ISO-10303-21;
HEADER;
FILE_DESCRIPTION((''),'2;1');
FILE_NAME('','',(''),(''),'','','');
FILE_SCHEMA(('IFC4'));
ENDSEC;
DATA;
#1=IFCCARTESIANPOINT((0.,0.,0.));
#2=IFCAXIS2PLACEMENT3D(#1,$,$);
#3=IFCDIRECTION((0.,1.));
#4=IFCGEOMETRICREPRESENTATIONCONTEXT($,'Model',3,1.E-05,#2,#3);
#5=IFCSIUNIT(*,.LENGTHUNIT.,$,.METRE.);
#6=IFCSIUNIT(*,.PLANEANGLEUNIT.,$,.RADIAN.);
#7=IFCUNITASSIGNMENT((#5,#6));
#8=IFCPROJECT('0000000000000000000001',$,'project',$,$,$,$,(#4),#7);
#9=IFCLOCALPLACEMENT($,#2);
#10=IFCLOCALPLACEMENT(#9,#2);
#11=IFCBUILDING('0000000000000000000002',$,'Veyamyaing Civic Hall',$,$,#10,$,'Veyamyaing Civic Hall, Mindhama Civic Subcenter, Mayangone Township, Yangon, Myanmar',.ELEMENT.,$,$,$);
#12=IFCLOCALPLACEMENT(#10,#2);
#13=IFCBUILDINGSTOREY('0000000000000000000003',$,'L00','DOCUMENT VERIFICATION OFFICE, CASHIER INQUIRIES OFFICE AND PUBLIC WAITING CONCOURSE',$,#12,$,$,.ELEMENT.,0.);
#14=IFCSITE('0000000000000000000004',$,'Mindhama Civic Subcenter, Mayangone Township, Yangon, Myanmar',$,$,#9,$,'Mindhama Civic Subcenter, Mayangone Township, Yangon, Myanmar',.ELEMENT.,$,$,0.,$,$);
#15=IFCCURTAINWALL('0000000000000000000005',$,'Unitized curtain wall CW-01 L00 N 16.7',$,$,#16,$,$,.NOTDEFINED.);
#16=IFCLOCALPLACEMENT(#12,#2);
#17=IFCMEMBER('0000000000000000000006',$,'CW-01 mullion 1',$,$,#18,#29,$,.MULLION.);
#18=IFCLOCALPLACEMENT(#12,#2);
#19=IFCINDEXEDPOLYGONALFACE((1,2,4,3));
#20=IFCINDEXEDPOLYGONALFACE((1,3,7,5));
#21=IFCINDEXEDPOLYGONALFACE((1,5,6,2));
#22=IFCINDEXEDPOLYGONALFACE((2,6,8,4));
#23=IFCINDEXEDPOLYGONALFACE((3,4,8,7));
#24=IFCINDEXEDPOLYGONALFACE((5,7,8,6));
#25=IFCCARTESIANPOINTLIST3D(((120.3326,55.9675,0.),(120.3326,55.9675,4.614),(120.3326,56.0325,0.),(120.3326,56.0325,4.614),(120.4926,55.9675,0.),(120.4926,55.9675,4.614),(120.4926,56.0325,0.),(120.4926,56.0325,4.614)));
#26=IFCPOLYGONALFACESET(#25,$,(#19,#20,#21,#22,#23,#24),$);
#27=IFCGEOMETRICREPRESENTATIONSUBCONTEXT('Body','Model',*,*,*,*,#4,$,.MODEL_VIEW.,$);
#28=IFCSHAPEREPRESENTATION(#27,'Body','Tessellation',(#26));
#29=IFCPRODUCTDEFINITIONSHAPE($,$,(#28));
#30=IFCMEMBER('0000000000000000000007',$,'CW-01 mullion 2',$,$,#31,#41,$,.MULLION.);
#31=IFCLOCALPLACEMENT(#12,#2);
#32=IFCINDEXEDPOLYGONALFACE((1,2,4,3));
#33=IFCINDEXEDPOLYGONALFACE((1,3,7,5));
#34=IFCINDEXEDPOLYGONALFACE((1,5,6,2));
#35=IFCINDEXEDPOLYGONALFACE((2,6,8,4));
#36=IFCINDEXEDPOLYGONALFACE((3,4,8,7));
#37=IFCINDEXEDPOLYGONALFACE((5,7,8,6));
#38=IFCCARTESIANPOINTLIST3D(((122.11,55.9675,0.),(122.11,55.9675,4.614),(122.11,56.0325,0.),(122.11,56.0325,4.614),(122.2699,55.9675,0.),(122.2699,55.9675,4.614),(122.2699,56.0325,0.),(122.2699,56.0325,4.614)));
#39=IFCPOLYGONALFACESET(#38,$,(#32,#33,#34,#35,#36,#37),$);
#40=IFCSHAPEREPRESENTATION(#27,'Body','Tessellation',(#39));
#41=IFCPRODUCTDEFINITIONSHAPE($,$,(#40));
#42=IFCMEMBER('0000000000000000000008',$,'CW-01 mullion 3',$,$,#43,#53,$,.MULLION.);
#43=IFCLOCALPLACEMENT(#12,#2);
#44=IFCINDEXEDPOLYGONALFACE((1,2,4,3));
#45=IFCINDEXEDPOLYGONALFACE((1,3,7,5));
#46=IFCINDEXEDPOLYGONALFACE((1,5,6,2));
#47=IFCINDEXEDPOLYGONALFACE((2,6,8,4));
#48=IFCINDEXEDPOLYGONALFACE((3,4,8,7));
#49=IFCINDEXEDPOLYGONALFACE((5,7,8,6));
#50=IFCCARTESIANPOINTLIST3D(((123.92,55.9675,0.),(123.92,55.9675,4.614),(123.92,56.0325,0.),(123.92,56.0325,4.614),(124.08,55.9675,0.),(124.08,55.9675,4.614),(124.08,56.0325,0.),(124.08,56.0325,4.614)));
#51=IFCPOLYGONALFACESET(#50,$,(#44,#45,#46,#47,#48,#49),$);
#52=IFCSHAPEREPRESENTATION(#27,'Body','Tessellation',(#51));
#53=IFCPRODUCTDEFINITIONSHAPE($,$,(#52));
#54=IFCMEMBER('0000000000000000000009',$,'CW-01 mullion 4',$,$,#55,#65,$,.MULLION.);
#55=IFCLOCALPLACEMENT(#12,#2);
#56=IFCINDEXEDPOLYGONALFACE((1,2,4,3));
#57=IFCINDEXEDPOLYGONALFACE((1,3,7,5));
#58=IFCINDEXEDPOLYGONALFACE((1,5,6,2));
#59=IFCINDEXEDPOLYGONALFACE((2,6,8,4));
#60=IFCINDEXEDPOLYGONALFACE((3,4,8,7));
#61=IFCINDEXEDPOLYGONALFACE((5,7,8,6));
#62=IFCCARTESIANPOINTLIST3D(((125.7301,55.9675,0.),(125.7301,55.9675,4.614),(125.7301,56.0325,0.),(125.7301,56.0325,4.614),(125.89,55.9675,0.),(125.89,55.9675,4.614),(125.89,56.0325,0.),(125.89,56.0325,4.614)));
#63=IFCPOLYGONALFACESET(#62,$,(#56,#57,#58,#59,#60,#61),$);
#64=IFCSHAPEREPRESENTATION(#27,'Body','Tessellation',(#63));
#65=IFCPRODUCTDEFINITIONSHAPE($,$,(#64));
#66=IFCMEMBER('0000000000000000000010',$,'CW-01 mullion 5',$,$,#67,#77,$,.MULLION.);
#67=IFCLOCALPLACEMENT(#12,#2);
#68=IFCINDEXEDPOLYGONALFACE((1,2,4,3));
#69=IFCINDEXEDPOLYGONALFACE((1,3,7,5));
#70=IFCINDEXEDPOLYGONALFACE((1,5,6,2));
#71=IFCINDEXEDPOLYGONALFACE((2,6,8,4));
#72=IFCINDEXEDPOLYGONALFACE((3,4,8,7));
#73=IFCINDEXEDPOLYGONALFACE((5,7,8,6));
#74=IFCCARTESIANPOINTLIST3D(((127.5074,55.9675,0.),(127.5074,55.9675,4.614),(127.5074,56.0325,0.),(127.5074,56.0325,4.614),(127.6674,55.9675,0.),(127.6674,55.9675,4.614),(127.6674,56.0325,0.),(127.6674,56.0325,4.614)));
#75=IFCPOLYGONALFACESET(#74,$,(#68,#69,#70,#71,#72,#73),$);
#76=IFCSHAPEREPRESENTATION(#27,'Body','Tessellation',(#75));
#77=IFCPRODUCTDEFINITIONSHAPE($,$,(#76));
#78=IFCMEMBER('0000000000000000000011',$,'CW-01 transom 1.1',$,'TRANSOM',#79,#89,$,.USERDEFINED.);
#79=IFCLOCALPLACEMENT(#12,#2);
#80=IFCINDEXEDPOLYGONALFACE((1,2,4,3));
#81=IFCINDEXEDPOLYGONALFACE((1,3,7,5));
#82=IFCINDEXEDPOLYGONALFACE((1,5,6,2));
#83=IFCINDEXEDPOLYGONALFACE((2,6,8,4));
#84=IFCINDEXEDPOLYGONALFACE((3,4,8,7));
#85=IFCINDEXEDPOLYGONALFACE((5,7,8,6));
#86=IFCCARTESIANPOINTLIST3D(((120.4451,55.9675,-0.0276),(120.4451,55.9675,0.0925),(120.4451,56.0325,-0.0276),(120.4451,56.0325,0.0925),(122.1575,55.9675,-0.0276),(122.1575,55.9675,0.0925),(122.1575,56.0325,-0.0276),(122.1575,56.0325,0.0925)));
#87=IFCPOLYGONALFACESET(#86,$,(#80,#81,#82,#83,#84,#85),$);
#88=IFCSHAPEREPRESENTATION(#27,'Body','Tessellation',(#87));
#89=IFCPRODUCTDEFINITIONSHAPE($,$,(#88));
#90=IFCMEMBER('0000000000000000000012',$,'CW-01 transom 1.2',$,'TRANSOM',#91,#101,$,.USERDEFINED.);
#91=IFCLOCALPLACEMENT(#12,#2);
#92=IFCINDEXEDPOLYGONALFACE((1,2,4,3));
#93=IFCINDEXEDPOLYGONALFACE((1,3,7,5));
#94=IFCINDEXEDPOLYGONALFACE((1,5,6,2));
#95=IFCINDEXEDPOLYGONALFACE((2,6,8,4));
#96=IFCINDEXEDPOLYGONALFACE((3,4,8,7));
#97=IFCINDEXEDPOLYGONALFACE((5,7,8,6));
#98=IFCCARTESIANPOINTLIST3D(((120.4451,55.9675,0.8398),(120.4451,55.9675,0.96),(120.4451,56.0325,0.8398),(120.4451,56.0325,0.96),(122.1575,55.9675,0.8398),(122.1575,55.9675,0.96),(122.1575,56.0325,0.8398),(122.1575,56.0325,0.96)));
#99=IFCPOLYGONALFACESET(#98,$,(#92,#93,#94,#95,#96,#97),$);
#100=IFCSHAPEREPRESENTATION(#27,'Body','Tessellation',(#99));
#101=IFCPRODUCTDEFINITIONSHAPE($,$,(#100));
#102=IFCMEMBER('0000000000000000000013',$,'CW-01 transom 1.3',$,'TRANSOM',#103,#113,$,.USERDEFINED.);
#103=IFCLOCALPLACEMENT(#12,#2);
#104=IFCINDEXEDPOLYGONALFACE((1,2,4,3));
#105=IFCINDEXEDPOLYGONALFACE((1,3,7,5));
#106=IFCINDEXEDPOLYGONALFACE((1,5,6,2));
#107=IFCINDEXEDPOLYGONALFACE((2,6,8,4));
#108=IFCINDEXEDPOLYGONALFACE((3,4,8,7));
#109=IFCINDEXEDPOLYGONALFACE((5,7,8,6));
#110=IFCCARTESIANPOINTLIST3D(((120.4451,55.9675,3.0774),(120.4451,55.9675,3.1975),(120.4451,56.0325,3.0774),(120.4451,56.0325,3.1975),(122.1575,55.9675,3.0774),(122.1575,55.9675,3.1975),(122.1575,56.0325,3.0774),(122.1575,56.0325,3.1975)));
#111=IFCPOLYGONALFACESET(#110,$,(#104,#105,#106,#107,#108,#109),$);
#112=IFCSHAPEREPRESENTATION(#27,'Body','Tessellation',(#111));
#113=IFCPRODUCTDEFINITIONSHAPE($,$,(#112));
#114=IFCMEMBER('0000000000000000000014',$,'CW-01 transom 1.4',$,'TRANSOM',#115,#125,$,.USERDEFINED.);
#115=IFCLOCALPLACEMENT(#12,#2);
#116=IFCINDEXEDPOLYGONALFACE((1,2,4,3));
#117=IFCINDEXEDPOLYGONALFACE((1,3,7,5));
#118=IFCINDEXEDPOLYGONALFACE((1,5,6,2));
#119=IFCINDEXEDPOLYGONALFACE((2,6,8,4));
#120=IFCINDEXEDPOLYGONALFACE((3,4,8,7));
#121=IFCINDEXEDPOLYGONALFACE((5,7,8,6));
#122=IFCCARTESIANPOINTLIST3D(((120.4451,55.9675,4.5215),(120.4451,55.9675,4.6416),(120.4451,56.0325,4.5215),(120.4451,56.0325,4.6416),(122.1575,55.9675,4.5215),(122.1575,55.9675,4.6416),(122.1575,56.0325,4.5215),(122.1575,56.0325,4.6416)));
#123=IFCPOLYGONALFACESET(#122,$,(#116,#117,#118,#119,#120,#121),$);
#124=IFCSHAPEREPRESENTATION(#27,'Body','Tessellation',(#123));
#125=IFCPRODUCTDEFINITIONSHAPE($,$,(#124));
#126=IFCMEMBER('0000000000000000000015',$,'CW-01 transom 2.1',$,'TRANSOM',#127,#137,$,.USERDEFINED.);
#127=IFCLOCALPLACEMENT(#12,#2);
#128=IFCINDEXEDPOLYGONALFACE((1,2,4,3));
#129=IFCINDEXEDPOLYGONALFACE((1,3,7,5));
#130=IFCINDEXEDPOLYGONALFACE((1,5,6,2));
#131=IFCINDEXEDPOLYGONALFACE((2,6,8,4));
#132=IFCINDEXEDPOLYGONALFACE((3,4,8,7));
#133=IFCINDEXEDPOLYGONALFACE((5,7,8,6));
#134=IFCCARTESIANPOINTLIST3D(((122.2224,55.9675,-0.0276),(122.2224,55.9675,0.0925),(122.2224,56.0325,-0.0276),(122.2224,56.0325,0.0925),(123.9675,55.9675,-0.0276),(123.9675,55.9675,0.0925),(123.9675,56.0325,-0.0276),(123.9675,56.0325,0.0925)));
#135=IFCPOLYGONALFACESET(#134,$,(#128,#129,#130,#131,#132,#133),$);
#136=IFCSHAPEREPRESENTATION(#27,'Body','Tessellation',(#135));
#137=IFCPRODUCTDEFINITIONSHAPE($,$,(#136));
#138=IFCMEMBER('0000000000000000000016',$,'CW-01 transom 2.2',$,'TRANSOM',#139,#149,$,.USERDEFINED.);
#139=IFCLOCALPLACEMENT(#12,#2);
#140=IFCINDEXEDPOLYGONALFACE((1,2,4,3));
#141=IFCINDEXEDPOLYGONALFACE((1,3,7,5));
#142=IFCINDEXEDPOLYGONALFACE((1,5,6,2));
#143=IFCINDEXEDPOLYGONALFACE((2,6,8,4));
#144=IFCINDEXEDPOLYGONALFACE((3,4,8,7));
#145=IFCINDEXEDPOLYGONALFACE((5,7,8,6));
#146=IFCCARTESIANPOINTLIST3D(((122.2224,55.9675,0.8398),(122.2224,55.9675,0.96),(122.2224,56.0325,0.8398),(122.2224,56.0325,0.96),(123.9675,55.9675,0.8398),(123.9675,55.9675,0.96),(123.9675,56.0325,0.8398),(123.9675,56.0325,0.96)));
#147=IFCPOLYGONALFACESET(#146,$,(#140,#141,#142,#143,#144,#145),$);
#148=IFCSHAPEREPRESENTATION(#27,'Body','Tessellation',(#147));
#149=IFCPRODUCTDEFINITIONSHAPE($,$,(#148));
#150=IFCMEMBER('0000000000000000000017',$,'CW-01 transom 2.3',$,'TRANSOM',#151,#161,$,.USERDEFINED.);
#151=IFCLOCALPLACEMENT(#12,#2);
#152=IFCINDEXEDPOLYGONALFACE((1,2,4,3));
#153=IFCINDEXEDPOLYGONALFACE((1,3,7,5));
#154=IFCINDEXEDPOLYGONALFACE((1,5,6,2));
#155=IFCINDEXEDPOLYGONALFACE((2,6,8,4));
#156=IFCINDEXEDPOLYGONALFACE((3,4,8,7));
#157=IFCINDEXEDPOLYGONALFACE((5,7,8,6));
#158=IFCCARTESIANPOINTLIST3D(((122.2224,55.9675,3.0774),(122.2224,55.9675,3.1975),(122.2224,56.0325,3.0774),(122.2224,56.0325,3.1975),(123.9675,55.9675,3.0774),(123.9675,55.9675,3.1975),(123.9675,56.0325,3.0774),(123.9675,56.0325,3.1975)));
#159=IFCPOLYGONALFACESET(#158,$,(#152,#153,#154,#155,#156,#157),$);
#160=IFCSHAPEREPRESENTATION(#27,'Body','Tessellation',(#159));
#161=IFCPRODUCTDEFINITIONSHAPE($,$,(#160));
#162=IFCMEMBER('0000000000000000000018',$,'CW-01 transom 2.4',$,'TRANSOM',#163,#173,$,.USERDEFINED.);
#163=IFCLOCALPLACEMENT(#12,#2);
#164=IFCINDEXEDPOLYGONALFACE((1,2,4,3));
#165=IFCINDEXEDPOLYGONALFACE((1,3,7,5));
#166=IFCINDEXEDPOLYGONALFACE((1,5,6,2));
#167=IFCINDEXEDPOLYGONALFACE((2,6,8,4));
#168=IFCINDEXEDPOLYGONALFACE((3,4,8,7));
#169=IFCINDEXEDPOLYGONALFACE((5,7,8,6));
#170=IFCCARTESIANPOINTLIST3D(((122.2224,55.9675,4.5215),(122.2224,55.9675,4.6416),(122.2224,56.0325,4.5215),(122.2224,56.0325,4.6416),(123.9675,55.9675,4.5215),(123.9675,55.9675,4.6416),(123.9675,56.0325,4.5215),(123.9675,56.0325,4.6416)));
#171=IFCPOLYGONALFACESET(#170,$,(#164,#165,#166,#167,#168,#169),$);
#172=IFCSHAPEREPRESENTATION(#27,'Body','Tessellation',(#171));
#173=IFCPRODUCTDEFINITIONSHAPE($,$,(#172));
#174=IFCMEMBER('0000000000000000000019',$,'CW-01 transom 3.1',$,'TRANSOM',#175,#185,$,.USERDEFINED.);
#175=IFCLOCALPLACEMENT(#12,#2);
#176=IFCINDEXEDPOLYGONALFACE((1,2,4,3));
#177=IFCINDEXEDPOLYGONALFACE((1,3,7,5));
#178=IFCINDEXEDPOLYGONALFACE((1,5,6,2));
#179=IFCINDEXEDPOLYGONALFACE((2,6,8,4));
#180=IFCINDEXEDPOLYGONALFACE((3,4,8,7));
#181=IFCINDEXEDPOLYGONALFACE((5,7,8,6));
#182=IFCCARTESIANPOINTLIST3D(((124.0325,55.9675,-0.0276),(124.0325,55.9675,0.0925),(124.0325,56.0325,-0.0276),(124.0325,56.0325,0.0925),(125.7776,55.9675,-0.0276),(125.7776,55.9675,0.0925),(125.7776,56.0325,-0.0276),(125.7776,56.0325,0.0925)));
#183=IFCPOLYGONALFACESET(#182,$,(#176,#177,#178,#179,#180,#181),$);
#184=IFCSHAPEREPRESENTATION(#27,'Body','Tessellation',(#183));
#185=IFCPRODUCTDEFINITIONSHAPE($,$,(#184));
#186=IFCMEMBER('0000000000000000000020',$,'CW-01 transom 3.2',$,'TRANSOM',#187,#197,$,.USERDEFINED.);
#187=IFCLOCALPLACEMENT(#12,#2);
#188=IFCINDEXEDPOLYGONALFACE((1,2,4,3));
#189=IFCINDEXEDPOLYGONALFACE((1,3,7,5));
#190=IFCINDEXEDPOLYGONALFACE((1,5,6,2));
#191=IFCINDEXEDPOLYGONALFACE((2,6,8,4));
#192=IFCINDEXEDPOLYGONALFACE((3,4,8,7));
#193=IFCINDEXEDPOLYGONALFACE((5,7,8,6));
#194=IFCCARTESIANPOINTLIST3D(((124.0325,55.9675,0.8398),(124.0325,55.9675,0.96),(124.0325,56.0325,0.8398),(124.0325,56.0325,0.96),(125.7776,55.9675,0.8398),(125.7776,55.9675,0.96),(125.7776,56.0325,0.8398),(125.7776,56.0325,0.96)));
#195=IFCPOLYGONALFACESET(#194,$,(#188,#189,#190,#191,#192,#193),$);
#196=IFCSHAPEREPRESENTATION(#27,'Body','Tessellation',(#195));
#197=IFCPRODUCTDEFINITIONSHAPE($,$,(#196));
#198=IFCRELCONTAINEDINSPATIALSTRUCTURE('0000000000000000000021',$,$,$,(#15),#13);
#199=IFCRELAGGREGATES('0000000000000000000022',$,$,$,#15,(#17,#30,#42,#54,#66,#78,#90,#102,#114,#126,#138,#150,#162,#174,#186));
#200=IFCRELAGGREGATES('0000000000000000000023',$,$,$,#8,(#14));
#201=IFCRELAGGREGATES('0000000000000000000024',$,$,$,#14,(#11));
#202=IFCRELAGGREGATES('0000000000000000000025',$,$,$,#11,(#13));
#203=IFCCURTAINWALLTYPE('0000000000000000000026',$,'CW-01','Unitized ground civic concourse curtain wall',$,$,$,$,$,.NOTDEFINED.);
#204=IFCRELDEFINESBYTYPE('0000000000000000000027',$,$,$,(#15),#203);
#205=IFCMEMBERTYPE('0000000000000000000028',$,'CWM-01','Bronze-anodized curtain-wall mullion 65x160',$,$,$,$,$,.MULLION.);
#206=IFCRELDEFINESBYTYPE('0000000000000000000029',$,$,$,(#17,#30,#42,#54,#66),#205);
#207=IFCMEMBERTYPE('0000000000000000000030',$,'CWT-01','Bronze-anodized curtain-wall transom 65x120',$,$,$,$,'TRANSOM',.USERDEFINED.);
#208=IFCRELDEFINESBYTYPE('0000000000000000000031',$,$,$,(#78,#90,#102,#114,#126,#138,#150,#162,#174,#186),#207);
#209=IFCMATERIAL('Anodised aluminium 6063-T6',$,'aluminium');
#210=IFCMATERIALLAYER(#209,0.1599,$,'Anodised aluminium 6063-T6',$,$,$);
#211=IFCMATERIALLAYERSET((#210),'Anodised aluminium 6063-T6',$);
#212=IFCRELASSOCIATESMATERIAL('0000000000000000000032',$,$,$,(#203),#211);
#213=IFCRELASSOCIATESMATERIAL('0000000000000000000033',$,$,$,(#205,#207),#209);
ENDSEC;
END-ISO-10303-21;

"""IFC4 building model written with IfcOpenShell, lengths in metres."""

from ifc_helpers import new_model, si_unit, direction, frame, origin, origin_2d, place, context, subcontext, project, spatial, rectangle, extrude, material, layer, layer_set, material_profile, profile_set, type_object, element, aggregate, save


model = new_model("IFC4")

# Units and contexts
model_context = context("Model", 3, precision=1e-05, world=origin(), true_north=direction((0.0, 1.0)))
body_context = subcontext(model_context, "Body", "Model", "MODEL_VIEW")
ifc_project = project(units=[si_unit("LENGTHUNIT", "METRE"), si_unit("PLANEANGLEUNIT", "RADIAN")], contexts=[model_context])

# Site, building, storey
site_placement = place(None, origin())
site = spatial("IfcSite", under=ifc_project, at=site_placement, Name="Mindhama Civic Subcenter, Mayangone Township, Yangon, Myanmar", LongName="Mindhama Civic Subcenter, Mayangone Township, Yangon, Myanmar", CompositionType="ELEMENT", RefElevation=0.0)
building_placement = place(site_placement, origin())
building = spatial("IfcBuilding", under=site, at=building_placement, Name="Veyamyaing Civic Hall", LongName="Veyamyaing Civic Hall, Mindhama Civic Subcenter, Mayangone Township, Yangon, Myanmar", CompositionType="ELEMENT")
storey_placement = place(building_placement, origin())
storey = spatial("IfcBuildingStorey", under=building, at=storey_placement, Name="L00", Description="DOCUMENT VERIFICATION OFFICE, CASHIER INQUIRIES OFFICE AND PUBLIC WAITING CONCOURSE", CompositionType="ELEMENT", Elevation=0.0)

# Curtain wall, members
ifc_material_1 = material(Name="Anodised aluminium 6063-T6", Category="aluminium")
ifc_layer_1 = layer(ifc_material_1, 0.1599, Name="Anodised aluminium 6063-T6")
ifc_layer_set_1 = layer_set([ifc_layer_1], Name="Anodised aluminium 6063-T6")
curtain_wall_type = type_object("IfcCurtainWallType", Name="CW-01", Description="Unitized ground civic concourse curtain wall", PredefinedType="NOTDEFINED", material=ifc_layer_set_1)
curtain_wall_placement = place(storey_placement, origin())
curtain_wall = element("IfcCurtainWall", 1, at=curtain_wall_placement, inside=storey, type_object=curtain_wall_type, Name="Unitized curtain wall CW-01 L00 N 16.7", PredefinedType="NOTDEFINED")
ifc_material_profile_1 = material_profile(ifc_material_1, rectangle(XDim=0.0649, YDim=0.1599, at=origin_2d()), Name="ALU-MUL-65X160")
ifc_profile_set_1 = profile_set([ifc_material_profile_1], Name="Anodised aluminium 6063-T6")
member_type_1 = type_object("IfcMemberType", Name="CWM-01", Description="Bronze-anodized curtain-wall mullion 65x160", PredefinedType="MULLION", material=ifc_profile_set_1)
member_1_placement = place(storey_placement, frame((120.4126, 56.0, 0.0), z_axis=(0.0, 0.0, 1.0), x_axis=(0.0, 1.0, 0.0)))
member_1 = element("IfcMember", 2, at=member_1_placement, type_object=member_type_1, Name="CW-01 mullion 1", PredefinedType="MULLION", context=body_context, shape_type="SweptSolid", body=[
    extrude(rectangle(XDim=0.0649, YDim=0.1599, at=origin_2d()), origin(), (0.0, 0.0, 1.0), 4.614),
])
member_2_placement = place(storey_placement, frame((122.1899, 56.0, 0.0), z_axis=(0.0, 0.0, 1.0), x_axis=(0.0, 1.0, 0.0)))
member_2 = element("IfcMember", 3, at=member_2_placement, type_object=member_type_1, Name="CW-01 mullion 2", PredefinedType="MULLION", context=body_context, shape_type="SweptSolid", body=[
    extrude(rectangle(XDim=0.0649, YDim=0.1599, at=origin_2d()), origin(), (0.0, 0.0, 1.0), 4.614),
])
member_3_placement = place(storey_placement, frame((124.0, 56.0, 0.0), z_axis=(0.0, 0.0, 1.0), x_axis=(0.0, 1.0, 0.0)))
member_3 = element("IfcMember", 4, at=member_3_placement, type_object=member_type_1, Name="CW-01 mullion 3", PredefinedType="MULLION", context=body_context, shape_type="SweptSolid", body=[
    extrude(rectangle(XDim=0.0649, YDim=0.1599, at=origin_2d()), origin(), (0.0, 0.0, 1.0), 4.614),
])
member_4_placement = place(storey_placement, frame((125.8101, 56.0, 0.0), z_axis=(0.0, 0.0, 1.0), x_axis=(0.0, 1.0, 0.0)))
member_4 = element("IfcMember", 5, at=member_4_placement, type_object=member_type_1, Name="CW-01 mullion 4", PredefinedType="MULLION", context=body_context, shape_type="SweptSolid", body=[
    extrude(rectangle(XDim=0.0649, YDim=0.1599, at=origin_2d()), origin(), (0.0, 0.0, 1.0), 4.614),
])
member_5_placement = place(storey_placement, frame((127.5874, 56.0, 0.0), z_axis=(0.0, 0.0, 1.0), x_axis=(0.0, 1.0, 0.0)))
member_5 = element("IfcMember", 6, at=member_5_placement, type_object=member_type_1, Name="CW-01 mullion 5", PredefinedType="MULLION", context=body_context, shape_type="SweptSolid", body=[
    extrude(rectangle(XDim=0.0649, YDim=0.1599, at=origin_2d()), origin(), (0.0, 0.0, 1.0), 4.614),
])
ifc_material_profile_2 = material_profile(ifc_material_1, rectangle(XDim=0.0649, YDim=0.1201, at=origin_2d()), Name="ALU-TRN-65X120")
ifc_profile_set_2 = profile_set([ifc_material_profile_2], Name="Anodised aluminium 6063-T6")
member_type_2 = type_object("IfcMemberType", Name="CWT-01", Description="Bronze-anodized curtain-wall transom 65x120", ElementType="TRANSOM", PredefinedType="USERDEFINED", material=ifc_profile_set_2)
member_6_placement = place(storey_placement, frame((120.4451, 56.0, 0.0325), z_axis=(1.0, 0.0, 0.0), x_axis=(0.0, 1.0, 0.0)))
member_6 = element("IfcMember", 7, at=member_6_placement, type_object=member_type_2, Name="CW-01 transom 1.1", ObjectType="TRANSOM", PredefinedType="USERDEFINED", context=body_context, shape_type="SweptSolid", body=[
    extrude(rectangle(XDim=0.0649, YDim=0.1201, at=origin_2d()), origin(), (0.0, 0.0, 1.0), 1.7124),
])
member_7_placement = place(storey_placement, frame((120.4451, 56.0, 0.8999), z_axis=(1.0, 0.0, 0.0), x_axis=(0.0, 1.0, 0.0)))
member_7 = element("IfcMember", 8, at=member_7_placement, type_object=member_type_2, Name="CW-01 transom 1.2", ObjectType="TRANSOM", PredefinedType="USERDEFINED", context=body_context, shape_type="SweptSolid", body=[
    extrude(rectangle(XDim=0.0649, YDim=0.1201, at=origin_2d()), origin(), (0.0, 0.0, 1.0), 1.7124),
])
member_8_placement = place(storey_placement, frame((120.4451, 56.0, 3.1375), z_axis=(1.0, 0.0, 0.0), x_axis=(0.0, 1.0, 0.0)))
member_8 = element("IfcMember", 9, at=member_8_placement, type_object=member_type_2, Name="CW-01 transom 1.3", ObjectType="TRANSOM", PredefinedType="USERDEFINED", context=body_context, shape_type="SweptSolid", body=[
    extrude(rectangle(XDim=0.0649, YDim=0.1201, at=origin_2d()), origin(), (0.0, 0.0, 1.0), 1.7124),
])
member_9_placement = place(storey_placement, frame((120.4451, 56.0, 4.5815), z_axis=(1.0, 0.0, 0.0), x_axis=(0.0, 1.0, 0.0)))
member_9 = element("IfcMember", 10, at=member_9_placement, type_object=member_type_2, Name="CW-01 transom 1.4", ObjectType="TRANSOM", PredefinedType="USERDEFINED", context=body_context, shape_type="SweptSolid", body=[
    extrude(rectangle(XDim=0.0649, YDim=0.1201, at=origin_2d()), origin(), (0.0, 0.0, 1.0), 1.7124),
])
member_10_placement = place(storey_placement, frame((122.2224, 56.0, 0.0325), z_axis=(1.0, 0.0, 0.0), x_axis=(0.0, 1.0, 0.0)))
member_10 = element("IfcMember", 11, at=member_10_placement, type_object=member_type_2, Name="CW-01 transom 2.1", ObjectType="TRANSOM", PredefinedType="USERDEFINED", context=body_context, shape_type="SweptSolid", body=[
    extrude(rectangle(XDim=0.0649, YDim=0.1201, at=origin_2d()), origin(), (0.0, 0.0, 1.0), 1.7451),
])
member_11_placement = place(storey_placement, frame((122.2224, 56.0, 0.8999), z_axis=(1.0, 0.0, 0.0), x_axis=(0.0, 1.0, 0.0)))
member_11 = element("IfcMember", 12, at=member_11_placement, type_object=member_type_2, Name="CW-01 transom 2.2", ObjectType="TRANSOM", PredefinedType="USERDEFINED", context=body_context, shape_type="SweptSolid", body=[
    extrude(rectangle(XDim=0.0649, YDim=0.1201, at=origin_2d()), origin(), (0.0, 0.0, 1.0), 1.7451),
])
member_12_placement = place(storey_placement, frame((122.2224, 56.0, 3.1375), z_axis=(1.0, 0.0, 0.0), x_axis=(0.0, 1.0, 0.0)))
member_12 = element("IfcMember", 13, at=member_12_placement, type_object=member_type_2, Name="CW-01 transom 2.3", ObjectType="TRANSOM", PredefinedType="USERDEFINED", context=body_context, shape_type="SweptSolid", body=[
    extrude(rectangle(XDim=0.0649, YDim=0.1201, at=origin_2d()), origin(), (0.0, 0.0, 1.0), 1.7451),
])
member_13_placement = place(storey_placement, frame((122.2224, 56.0, 4.5815), z_axis=(1.0, 0.0, 0.0), x_axis=(0.0, 1.0, 0.0)))
member_13 = element("IfcMember", 14, at=member_13_placement, type_object=member_type_2, Name="CW-01 transom 2.4", ObjectType="TRANSOM", PredefinedType="USERDEFINED", context=body_context, shape_type="SweptSolid", body=[
    extrude(rectangle(XDim=0.0649, YDim=0.1201, at=origin_2d()), origin(), (0.0, 0.0, 1.0), 1.7451),
])
member_14_placement = place(storey_placement, frame((124.0325, 56.0, 0.0325), z_axis=(1.0, 0.0, 0.0), x_axis=(0.0, 1.0, 0.0)))
member_14 = element("IfcMember", 15, at=member_14_placement, type_object=member_type_2, Name="CW-01 transom 3.1", ObjectType="TRANSOM", PredefinedType="USERDEFINED", context=body_context, shape_type="SweptSolid", body=[
    extrude(rectangle(XDim=0.0649, YDim=0.1201, at=origin_2d()), origin(), (0.0, 0.0, 1.0), 1.7451),
])
member_15_placement = place(storey_placement, frame((124.0325, 56.0, 0.8999), z_axis=(1.0, 0.0, 0.0), x_axis=(0.0, 1.0, 0.0)))
member_15 = element("IfcMember", 16, at=member_15_placement, type_object=member_type_2, Name="CW-01 transom 3.2", ObjectType="TRANSOM", PredefinedType="USERDEFINED", context=body_context, shape_type="SweptSolid", body=[
    extrude(rectangle(XDim=0.0649, YDim=0.1201, at=origin_2d()), origin(), (0.0, 0.0, 1.0), 1.7451),
])
aggregate(curtain_wall, [member_1, member_2, member_3, member_4, member_5, member_6, member_7, member_8, member_9, member_10, member_11, member_12, member_13, member_14, member_15])

save(model, "model.ifc")
